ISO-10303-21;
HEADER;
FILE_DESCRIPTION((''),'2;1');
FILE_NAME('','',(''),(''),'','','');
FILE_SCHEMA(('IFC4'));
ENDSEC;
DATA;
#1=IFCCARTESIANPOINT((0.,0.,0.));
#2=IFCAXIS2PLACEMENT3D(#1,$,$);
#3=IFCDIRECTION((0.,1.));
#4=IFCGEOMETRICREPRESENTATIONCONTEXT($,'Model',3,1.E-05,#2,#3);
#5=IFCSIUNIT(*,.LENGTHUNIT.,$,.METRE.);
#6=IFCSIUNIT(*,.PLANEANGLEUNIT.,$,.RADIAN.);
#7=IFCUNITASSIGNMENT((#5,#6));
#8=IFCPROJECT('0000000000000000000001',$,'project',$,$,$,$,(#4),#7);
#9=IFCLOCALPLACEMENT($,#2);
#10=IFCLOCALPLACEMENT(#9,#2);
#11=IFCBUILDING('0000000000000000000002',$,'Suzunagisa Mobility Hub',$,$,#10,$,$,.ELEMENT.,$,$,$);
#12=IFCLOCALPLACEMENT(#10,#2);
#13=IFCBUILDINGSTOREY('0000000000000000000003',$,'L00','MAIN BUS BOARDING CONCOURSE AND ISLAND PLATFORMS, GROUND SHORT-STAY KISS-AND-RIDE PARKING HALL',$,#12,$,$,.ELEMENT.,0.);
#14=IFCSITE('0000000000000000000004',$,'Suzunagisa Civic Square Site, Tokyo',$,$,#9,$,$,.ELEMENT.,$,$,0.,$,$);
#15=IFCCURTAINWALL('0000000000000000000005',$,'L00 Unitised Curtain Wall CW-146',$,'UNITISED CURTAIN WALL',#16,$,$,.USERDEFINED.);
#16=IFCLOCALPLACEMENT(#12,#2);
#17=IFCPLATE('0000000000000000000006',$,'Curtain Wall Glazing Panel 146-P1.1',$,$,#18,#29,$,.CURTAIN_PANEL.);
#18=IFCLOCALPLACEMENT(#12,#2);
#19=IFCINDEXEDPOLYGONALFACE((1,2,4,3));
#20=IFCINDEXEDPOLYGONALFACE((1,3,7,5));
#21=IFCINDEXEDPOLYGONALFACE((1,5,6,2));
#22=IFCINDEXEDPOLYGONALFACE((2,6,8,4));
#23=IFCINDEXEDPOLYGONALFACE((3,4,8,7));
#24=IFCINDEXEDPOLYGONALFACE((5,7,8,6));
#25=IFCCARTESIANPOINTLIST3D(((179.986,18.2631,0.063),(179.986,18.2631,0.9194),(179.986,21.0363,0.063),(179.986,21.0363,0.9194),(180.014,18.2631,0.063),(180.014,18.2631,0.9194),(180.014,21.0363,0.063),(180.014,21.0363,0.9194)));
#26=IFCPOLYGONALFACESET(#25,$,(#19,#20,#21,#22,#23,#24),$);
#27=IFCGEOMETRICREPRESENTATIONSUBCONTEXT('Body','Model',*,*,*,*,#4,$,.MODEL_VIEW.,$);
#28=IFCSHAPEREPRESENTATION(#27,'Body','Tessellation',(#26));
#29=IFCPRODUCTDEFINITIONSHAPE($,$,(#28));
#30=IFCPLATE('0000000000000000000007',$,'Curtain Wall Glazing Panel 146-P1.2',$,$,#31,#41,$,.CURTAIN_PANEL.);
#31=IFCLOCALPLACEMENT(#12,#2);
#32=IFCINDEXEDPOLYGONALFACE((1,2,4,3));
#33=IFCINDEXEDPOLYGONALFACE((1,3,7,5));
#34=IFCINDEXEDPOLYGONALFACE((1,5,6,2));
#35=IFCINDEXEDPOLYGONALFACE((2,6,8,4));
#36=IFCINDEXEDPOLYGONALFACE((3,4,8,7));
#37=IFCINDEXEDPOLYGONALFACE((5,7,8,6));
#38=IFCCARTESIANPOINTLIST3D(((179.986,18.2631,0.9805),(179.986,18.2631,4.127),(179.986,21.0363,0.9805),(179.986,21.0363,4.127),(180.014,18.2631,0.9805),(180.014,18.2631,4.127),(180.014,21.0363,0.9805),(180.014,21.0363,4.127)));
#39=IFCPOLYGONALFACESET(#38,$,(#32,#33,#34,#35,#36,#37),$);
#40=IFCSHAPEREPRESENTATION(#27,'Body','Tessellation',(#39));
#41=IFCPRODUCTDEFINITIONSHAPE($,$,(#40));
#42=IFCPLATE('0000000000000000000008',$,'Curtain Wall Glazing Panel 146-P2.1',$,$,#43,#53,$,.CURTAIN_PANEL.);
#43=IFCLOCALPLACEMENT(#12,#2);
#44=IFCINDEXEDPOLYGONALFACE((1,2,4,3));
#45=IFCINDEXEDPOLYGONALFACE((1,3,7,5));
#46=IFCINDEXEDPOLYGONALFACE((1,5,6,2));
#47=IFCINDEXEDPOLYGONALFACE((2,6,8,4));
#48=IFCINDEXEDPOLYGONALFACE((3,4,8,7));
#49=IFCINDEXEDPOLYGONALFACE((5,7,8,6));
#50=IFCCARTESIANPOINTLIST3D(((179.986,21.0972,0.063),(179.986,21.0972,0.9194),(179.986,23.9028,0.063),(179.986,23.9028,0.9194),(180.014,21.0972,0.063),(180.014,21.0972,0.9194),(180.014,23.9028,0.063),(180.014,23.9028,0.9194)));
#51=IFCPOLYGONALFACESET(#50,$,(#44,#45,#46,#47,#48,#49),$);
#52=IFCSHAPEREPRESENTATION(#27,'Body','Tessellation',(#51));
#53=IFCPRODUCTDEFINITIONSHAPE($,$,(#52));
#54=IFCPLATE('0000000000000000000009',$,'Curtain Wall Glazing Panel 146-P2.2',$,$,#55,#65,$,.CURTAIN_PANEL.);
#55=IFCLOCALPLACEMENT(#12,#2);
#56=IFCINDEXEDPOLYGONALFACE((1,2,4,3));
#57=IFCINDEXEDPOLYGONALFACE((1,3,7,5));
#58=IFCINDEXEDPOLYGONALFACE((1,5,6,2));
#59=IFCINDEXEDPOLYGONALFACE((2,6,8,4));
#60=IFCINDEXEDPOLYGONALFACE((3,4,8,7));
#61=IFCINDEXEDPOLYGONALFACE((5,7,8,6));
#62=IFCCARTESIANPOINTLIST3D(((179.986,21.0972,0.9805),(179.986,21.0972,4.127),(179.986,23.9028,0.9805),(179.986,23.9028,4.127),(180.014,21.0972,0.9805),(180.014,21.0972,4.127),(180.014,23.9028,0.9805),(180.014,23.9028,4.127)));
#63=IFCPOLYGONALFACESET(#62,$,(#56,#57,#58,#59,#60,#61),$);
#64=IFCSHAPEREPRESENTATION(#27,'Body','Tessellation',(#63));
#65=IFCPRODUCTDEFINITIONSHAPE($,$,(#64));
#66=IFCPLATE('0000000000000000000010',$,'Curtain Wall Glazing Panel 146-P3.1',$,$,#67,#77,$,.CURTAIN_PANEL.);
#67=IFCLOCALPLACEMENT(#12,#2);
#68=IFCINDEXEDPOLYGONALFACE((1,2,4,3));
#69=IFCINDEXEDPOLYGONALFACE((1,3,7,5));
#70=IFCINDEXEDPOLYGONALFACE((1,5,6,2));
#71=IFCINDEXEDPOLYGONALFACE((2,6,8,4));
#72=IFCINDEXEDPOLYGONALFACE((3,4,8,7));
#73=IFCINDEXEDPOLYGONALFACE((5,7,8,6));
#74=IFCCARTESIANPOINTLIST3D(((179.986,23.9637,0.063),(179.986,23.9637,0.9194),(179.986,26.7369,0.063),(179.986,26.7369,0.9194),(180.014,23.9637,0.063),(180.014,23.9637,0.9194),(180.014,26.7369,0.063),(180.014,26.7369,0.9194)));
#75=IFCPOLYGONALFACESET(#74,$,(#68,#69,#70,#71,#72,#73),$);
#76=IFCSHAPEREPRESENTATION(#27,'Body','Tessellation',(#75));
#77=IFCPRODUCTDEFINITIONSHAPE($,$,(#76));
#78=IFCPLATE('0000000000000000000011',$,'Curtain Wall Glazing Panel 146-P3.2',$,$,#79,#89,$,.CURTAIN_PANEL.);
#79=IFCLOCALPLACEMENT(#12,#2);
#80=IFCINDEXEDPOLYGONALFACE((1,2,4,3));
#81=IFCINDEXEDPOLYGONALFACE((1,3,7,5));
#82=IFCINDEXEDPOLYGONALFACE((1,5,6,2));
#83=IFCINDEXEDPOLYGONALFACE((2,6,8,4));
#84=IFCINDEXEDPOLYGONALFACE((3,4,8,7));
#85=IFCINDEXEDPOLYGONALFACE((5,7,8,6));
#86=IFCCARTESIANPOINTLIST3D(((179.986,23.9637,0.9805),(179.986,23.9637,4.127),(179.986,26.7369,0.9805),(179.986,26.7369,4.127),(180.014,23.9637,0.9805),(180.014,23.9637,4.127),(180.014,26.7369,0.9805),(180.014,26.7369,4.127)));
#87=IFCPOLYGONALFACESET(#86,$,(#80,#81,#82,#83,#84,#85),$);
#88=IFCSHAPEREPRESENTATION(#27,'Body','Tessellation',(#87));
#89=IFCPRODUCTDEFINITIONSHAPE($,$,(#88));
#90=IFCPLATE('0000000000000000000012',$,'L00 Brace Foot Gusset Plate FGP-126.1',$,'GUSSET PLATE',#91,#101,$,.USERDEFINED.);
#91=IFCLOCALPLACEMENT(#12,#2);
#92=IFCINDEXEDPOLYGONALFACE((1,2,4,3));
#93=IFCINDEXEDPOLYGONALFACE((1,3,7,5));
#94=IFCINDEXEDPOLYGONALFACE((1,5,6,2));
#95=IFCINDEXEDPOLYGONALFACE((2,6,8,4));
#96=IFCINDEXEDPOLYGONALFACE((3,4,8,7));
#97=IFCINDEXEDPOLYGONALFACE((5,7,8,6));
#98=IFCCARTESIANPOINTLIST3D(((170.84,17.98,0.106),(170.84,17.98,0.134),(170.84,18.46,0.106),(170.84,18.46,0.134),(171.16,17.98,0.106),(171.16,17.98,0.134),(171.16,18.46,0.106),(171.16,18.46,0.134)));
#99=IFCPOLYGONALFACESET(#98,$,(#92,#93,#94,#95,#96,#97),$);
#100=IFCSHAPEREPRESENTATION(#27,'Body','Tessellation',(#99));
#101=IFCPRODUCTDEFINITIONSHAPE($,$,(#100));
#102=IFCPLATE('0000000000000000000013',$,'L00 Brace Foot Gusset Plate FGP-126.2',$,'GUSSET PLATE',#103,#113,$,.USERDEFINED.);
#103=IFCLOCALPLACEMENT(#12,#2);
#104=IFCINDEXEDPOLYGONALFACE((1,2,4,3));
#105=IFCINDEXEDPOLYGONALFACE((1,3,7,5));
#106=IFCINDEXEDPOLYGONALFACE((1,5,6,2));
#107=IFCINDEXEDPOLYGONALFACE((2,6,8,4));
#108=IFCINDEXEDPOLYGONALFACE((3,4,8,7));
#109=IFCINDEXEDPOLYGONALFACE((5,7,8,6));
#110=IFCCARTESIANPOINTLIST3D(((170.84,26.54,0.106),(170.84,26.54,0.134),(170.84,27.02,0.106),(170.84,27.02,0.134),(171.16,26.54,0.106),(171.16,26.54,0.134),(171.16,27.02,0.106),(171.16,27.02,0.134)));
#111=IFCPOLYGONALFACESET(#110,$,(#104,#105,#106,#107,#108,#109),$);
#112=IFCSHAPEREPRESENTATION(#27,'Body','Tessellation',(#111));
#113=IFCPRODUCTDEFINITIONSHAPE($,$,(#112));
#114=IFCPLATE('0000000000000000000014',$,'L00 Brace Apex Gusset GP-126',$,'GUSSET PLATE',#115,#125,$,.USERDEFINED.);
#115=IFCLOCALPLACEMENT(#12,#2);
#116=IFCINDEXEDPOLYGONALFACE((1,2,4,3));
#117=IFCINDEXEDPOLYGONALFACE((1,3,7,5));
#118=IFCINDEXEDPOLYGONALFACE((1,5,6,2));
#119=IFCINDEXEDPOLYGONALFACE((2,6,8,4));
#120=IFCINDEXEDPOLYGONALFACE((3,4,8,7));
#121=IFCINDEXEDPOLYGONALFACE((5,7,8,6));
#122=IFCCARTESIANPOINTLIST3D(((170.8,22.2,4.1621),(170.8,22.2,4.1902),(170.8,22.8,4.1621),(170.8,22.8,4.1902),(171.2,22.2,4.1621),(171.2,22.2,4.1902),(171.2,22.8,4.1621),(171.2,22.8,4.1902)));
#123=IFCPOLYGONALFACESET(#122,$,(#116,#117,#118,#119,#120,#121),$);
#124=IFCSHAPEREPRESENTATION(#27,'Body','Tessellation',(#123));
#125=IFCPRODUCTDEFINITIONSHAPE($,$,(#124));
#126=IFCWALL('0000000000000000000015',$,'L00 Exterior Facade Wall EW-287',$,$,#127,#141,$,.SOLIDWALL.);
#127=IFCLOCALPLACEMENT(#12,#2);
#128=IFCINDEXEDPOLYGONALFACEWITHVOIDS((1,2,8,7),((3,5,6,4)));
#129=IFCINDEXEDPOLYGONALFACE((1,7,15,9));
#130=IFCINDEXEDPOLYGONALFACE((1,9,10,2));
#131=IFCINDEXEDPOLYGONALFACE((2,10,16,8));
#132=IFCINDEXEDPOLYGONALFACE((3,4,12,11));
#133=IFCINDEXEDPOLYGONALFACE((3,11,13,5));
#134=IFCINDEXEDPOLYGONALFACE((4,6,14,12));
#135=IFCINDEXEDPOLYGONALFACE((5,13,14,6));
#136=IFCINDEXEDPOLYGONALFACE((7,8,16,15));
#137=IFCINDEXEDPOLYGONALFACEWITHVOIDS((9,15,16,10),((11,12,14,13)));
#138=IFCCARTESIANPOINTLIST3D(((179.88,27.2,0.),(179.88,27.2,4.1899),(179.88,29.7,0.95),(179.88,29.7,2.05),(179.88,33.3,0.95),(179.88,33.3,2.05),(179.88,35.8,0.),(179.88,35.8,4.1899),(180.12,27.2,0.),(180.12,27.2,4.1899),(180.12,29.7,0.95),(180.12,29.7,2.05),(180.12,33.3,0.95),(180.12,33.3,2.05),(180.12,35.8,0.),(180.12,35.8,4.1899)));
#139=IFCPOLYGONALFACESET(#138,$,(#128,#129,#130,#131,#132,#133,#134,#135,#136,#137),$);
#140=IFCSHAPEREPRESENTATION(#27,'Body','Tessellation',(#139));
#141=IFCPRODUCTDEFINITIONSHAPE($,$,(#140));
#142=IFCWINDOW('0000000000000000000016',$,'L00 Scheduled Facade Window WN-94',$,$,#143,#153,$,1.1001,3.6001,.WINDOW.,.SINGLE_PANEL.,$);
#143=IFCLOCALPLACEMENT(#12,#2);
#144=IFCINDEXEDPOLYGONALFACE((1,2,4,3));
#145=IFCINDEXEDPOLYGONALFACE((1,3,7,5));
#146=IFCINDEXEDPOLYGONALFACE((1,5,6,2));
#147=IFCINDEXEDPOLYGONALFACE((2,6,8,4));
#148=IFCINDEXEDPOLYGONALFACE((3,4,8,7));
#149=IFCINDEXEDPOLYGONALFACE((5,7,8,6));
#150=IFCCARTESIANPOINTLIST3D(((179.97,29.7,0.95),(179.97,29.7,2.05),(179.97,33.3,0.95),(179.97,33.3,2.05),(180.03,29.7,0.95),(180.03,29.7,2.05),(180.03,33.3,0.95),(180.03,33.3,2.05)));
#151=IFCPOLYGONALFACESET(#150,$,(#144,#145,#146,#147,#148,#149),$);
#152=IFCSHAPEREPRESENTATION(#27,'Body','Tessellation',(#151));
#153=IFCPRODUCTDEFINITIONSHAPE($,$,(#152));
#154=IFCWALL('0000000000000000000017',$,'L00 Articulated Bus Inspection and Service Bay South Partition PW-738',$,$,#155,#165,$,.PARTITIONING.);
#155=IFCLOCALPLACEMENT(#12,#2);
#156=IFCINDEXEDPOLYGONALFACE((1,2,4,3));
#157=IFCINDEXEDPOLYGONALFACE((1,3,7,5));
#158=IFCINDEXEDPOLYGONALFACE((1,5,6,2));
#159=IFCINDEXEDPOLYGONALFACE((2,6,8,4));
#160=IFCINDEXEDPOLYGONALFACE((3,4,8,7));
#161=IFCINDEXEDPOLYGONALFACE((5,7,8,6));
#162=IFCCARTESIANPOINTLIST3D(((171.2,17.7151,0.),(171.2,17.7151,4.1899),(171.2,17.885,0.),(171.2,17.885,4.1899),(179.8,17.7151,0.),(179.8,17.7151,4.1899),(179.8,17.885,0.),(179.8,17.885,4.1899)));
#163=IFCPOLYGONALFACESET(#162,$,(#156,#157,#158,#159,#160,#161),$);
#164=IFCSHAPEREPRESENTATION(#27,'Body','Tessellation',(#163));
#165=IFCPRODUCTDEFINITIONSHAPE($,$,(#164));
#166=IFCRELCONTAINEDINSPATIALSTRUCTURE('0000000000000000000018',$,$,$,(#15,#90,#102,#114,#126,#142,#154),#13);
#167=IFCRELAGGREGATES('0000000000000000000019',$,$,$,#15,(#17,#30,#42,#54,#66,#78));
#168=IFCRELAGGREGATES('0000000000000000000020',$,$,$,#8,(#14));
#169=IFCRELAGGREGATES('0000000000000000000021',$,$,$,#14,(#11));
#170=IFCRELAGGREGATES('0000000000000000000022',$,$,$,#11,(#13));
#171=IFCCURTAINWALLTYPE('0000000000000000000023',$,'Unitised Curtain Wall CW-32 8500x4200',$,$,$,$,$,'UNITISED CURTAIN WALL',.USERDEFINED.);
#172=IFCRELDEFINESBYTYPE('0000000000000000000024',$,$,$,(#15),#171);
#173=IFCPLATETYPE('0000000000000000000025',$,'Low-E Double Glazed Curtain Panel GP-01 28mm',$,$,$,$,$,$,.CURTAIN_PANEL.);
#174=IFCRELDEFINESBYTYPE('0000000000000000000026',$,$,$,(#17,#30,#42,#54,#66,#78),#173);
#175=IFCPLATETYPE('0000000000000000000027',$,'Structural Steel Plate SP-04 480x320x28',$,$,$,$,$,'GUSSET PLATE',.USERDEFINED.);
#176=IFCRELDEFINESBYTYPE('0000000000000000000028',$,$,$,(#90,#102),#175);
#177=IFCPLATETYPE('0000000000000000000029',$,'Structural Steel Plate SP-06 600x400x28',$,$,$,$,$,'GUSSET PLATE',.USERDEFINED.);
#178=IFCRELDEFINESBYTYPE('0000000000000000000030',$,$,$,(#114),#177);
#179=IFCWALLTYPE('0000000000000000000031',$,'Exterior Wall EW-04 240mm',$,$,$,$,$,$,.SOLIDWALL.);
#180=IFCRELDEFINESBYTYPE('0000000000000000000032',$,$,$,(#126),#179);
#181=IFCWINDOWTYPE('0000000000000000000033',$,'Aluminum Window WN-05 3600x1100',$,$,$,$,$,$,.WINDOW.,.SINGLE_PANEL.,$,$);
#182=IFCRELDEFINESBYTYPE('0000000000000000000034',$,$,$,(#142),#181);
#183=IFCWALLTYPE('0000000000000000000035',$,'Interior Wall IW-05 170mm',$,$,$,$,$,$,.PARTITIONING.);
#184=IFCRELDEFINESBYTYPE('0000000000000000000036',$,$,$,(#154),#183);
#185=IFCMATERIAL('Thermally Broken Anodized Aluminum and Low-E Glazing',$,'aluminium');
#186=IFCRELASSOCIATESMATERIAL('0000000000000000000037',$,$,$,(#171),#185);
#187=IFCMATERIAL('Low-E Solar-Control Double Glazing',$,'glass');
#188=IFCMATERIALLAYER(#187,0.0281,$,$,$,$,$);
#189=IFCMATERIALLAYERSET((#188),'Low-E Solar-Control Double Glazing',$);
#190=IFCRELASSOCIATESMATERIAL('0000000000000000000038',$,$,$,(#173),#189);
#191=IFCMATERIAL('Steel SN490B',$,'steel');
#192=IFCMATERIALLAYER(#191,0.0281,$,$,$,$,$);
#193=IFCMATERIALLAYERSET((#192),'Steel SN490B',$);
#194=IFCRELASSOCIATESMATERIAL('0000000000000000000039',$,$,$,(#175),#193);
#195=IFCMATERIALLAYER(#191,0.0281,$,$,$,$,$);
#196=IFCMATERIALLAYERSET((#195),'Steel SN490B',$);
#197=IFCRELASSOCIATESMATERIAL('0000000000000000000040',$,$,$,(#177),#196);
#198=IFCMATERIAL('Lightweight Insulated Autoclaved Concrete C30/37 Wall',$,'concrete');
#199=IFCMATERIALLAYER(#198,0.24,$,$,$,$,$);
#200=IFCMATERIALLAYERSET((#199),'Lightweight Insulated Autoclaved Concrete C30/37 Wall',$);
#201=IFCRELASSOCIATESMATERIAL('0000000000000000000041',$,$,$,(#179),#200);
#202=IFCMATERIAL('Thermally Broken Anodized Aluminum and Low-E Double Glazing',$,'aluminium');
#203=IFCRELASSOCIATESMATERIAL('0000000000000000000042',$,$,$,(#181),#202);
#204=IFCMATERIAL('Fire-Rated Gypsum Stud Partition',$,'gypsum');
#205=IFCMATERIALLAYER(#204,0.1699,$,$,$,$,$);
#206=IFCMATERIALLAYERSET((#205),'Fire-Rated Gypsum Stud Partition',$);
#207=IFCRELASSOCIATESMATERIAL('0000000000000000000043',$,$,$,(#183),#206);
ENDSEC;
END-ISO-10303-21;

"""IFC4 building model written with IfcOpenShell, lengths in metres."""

from ifc_helpers import new_model, si_unit, direction, frame, frame_2d, origin, origin_2d, place, context, subcontext, project, spatial, rectangle, extrude, material, layer, layer_set, type_object, element, fill, aggregate, save


model = new_model("IFC4")

# Units and contexts
model_context = context("Model", 3, precision=1e-05, world=origin(), true_north=direction((0.0, 1.0)))
body_context = subcontext(model_context, "Body", "Model", "MODEL_VIEW")
ifc_project = project(units=[si_unit("LENGTHUNIT", "METRE"), si_unit("PLANEANGLEUNIT", "RADIAN")], contexts=[model_context])

# Site, building, storey
site_placement = place(None, origin())
site = spatial("IfcSite", under=ifc_project, at=site_placement, Name="Suzunagisa Civic Square Site, Tokyo", CompositionType="ELEMENT", RefElevation=0.0)
building_placement = place(site_placement, origin())
building = spatial("IfcBuilding", under=site, at=building_placement, Name="Suzunagisa Mobility Hub", CompositionType="ELEMENT")
storey_placement = place(building_placement, origin())
storey = spatial("IfcBuildingStorey", under=building, at=storey_placement, Name="L00", Description="MAIN BUS BOARDING CONCOURSE AND ISLAND PLATFORMS, GROUND SHORT-STAY KISS-AND-RIDE PARKING HALL", CompositionType="ELEMENT", Elevation=0.0)

# Shared definitions
ifc_material_1 = material(Name="Steel SN490B", Category="steel")

# Curtain wall
ifc_material_2 = material(Name="Thermally Broken Anodized Aluminum and Low-E Glazing", Category="aluminium")
curtain_wall_type = type_object("IfcCurtainWallType", Name="Unitised Curtain Wall CW-32 8500x4200", ElementType="UNITISED CURTAIN WALL", PredefinedType="USERDEFINED", material=ifc_material_2)
curtain_wall_placement = place(storey_placement, origin())
curtain_wall = element("IfcCurtainWall", 1, at=curtain_wall_placement, inside=storey, type_object=curtain_wall_type, Name="L00 Unitised Curtain Wall CW-146", ObjectType="UNITISED CURTAIN WALL", PredefinedType="USERDEFINED")

# Plates
ifc_material_3 = material(Name="Low-E Solar-Control Double Glazing", Category="glass")
ifc_layer_1 = layer(ifc_material_3, 0.0281)
ifc_layer_set_1 = layer_set([ifc_layer_1], Name="Low-E Solar-Control Double Glazing")
plate_type_1 = type_object("IfcPlateType", Name="Low-E Double Glazed Curtain Panel GP-01 28mm", PredefinedType="CURTAIN_PANEL", material=ifc_layer_set_1)
plate_1_placement = place(storey_placement, frame((180.0, 19.6497, 0.063), z_axis=(0.0, 0.0, 1.0), x_axis=(0.0, 1.0, 0.0)))
plate_1 = element("IfcPlate", 2, at=plate_1_placement, type_object=plate_type_1, Name="Curtain Wall Glazing Panel 146-P1.1", PredefinedType="CURTAIN_PANEL", context=body_context, shape_type="SweptSolid", body=[
    extrude(rectangle(XDim=2.7732, YDim=0.0281, at=origin_2d()), origin(), (0.0, 0.0, 1.0), 0.8564),
])
plate_2_placement = place(storey_placement, frame((180.0, 19.6497, 0.9805), z_axis=(0.0, 0.0, 1.0), x_axis=(0.0, 1.0, 0.0)))
plate_2 = element("IfcPlate", 3, at=plate_2_placement, type_object=plate_type_1, Name="Curtain Wall Glazing Panel 146-P1.2", PredefinedType="CURTAIN_PANEL", context=body_context, shape_type="SweptSolid", body=[
    extrude(rectangle(XDim=2.7732, YDim=0.0281, at=origin_2d()), origin(), (0.0, 0.0, 1.0), 3.1465),
])
plate_3_placement = place(storey_placement, frame((180.0, 22.5, 0.063), z_axis=(0.0, 0.0, 1.0), x_axis=(0.0, 1.0, 0.0)))
plate_3 = element("IfcPlate", 4, at=plate_3_placement, type_object=plate_type_1, Name="Curtain Wall Glazing Panel 146-P2.1", PredefinedType="CURTAIN_PANEL", context=body_context, shape_type="SweptSolid", body=[
    extrude(rectangle(XDim=2.8057, YDim=0.0281, at=origin_2d()), origin(), (0.0, 0.0, 1.0), 0.8564),
])
plate_4_placement = place(storey_placement, frame((180.0, 22.5, 0.9805), z_axis=(0.0, 0.0, 1.0), x_axis=(0.0, 1.0, 0.0)))
plate_4 = element("IfcPlate", 5, at=plate_4_placement, type_object=plate_type_1, Name="Curtain Wall Glazing Panel 146-P2.2", PredefinedType="CURTAIN_PANEL", context=body_context, shape_type="SweptSolid", body=[
    extrude(rectangle(XDim=2.8057, YDim=0.0281, at=origin_2d()), origin(), (0.0, 0.0, 1.0), 3.1465),
])
plate_5_placement = place(storey_placement, frame((180.0, 25.3503, 0.063), z_axis=(0.0, 0.0, 1.0), x_axis=(0.0, 1.0, 0.0)))
plate_5 = element("IfcPlate", 6, at=plate_5_placement, type_object=plate_type_1, Name="Curtain Wall Glazing Panel 146-P3.1", PredefinedType="CURTAIN_PANEL", context=body_context, shape_type="SweptSolid", body=[
    extrude(rectangle(XDim=2.7732, YDim=0.0281, at=origin_2d()), origin(), (0.0, 0.0, 1.0), 0.8564),
])
plate_6_placement = place(storey_placement, frame((180.0, 25.3503, 0.9805), z_axis=(0.0, 0.0, 1.0), x_axis=(0.0, 1.0, 0.0)))
plate_6 = element("IfcPlate", 7, at=plate_6_placement, type_object=plate_type_1, Name="Curtain Wall Glazing Panel 146-P3.2", PredefinedType="CURTAIN_PANEL", context=body_context, shape_type="SweptSolid", body=[
    extrude(rectangle(XDim=2.7732, YDim=0.0281, at=origin_2d()), origin(), (0.0, 0.0, 1.0), 3.1465),
])
aggregate(curtain_wall, [plate_1, plate_2, plate_3, plate_4, plate_5, plate_6])

# Plates
ifc_layer_2 = layer(ifc_material_1, 0.0281)
ifc_layer_set_2 = layer_set([ifc_layer_2], Name="Steel SN490B")
plate_type_2 = type_object("IfcPlateType", Name="Structural Steel Plate SP-04 480x320x28", ElementType="GUSSET PLATE", PredefinedType="USERDEFINED", material=ifc_layer_set_2)
for number, where, z_axis, x_axis, name in (
    (8, (171.0, 18.22, 0.106), (0.0, 0.0, 1.0), (1.0, 0.0, 0.0), "L00 Brace Foot Gusset Plate FGP-126.1"),
    (9, (171.0, 26.78, 0.106), (0.0, 0.0, 1.0), (1.0, 0.0, 0.0), "L00 Brace Foot Gusset Plate FGP-126.2"),
):
    element("IfcPlate", number, at=place(storey_placement, frame(where, z_axis=z_axis, x_axis=x_axis)), inside=storey, type_object=plate_type_2, Name=name, ObjectType="GUSSET PLATE", PredefinedType="USERDEFINED", context=body_context, shape_type="SweptSolid", body=[
        extrude(rectangle(XDim=0.3201, YDim=0.48, at=origin_2d()), origin(), (0.0, 0.0, 1.0), 0.0281),
    ])
ifc_layer_3 = layer(ifc_material_1, 0.0281)
ifc_layer_set_3 = layer_set([ifc_layer_3], Name="Steel SN490B")
plate_type_3 = type_object("IfcPlateType", Name="Structural Steel Plate SP-06 600x400x28", ElementType="GUSSET PLATE", PredefinedType="USERDEFINED", material=ifc_layer_set_3)
plate_7_placement = place(storey_placement, frame((171.0, 22.5, 4.1621), z_axis=(0.0, 0.0, 1.0), x_axis=(1.0, 0.0, 0.0)))
element("IfcPlate", 10, at=plate_7_placement, inside=storey, type_object=plate_type_3, Name="L00 Brace Apex Gusset GP-126", ObjectType="GUSSET PLATE", PredefinedType="USERDEFINED", context=body_context, shape_type="SweptSolid", body=[
    extrude(rectangle(XDim=0.3999, YDim=0.6001, at=origin_2d()), origin(), (0.0, 0.0, 1.0), 0.0281),
])

# Wall, opening, window
ifc_material_4 = material(Name="Lightweight Insulated Autoclaved Concrete C30/37 Wall", Category="concrete")
ifc_layer_4 = layer(ifc_material_4, 0.24)
ifc_layer_set_4 = layer_set([ifc_layer_4], Name="Lightweight Insulated Autoclaved Concrete C30/37 Wall")
wall_type_1 = type_object("IfcWallType", Name="Exterior Wall EW-04 240mm", PredefinedType="SOLIDWALL", material=ifc_layer_set_4)
wall_1_placement = place(storey_placement, frame((180.0, 27.2, 0.0), z_axis=(0.0, 0.0, 1.0), x_axis=(0.0, 1.0, 0.0)))
wall_1 = element("IfcWall", 11, at=wall_1_placement, inside=storey, type_object=wall_type_1, Name="L00 Exterior Facade Wall EW-287", PredefinedType="SOLIDWALL", context=body_context, shape_type="SweptSolid", body=[
    extrude(rectangle(XDim=8.6001, YDim=0.24, at=frame_2d((4.3, 0.0))), origin(), (0.0, 0.0, 1.0), 4.1899),
])
opening_placement = place(wall_1_placement, frame((2.5, 0.0, 0.95)))
opening = element("IfcOpeningElement", 12, at=opening_placement, cuts=wall_1, PredefinedType="OPENING", context=body_context, shape_type="SweptSolid", body=[
    extrude(rectangle(XDim=3.6001, YDim=1.1001, at=frame_2d((1.8, 0.55))), frame((0.0, 0.1309, 0.0), z_axis=(0.0, -1.0, 0.0), x_axis=(1.0, 0.0, 0.0)), (0.0, 0.0, 1.0), 0.262),
])
ifc_material_5 = material(Name="Thermally Broken Anodized Aluminum and Low-E Double Glazing", Category="aluminium")
window_type = type_object("IfcWindowType", Name="Aluminum Window WN-05 3600x1100", PartitioningType="SINGLE_PANEL", PredefinedType="WINDOW", material=ifc_material_5)
window_placement = place(opening_placement, origin())
window = element("IfcWindow", 13, at=window_placement, inside=storey, type_object=window_type, Name="L00 Scheduled Facade Window WN-94", OverallHeight=1.1001, OverallWidth=3.6001, PartitioningType="SINGLE_PANEL", PredefinedType="WINDOW", context=body_context, shape_type="SweptSolid", body=[
    extrude(rectangle(XDim=3.6001, YDim=1.1001, at=frame_2d((1.8, 0.55))), frame((0.0, 0.03, 0.0), z_axis=(0.0, -1.0, 0.0), x_axis=(1.0, 0.0, 0.0)), (0.0, 0.0, 1.0), 0.0601),
])
fill(opening, window)

# Wall
ifc_material_6 = material(Name="Fire-Rated Gypsum Stud Partition", Category="gypsum")
ifc_layer_5 = layer(ifc_material_6, 0.1699)
ifc_layer_set_5 = layer_set([ifc_layer_5], Name="Fire-Rated Gypsum Stud Partition")
wall_type_2 = type_object("IfcWallType", Name="Interior Wall IW-05 170mm", PredefinedType="PARTITIONING", material=ifc_layer_set_5)
wall_2_placement = place(storey_placement, frame((171.2, 17.8, 0.0), z_axis=(0.0, 0.0, 1.0), x_axis=(1.0, 0.0, 0.0)))
element("IfcWall", 14, at=wall_2_placement, inside=storey, type_object=wall_type_2, Name="L00 Articulated Bus Inspection and Service Bay South Partition PW-738", PredefinedType="PARTITIONING", context=body_context, shape_type="SweptSolid", body=[
    extrude(rectangle(XDim=8.6001, YDim=0.1699, at=frame_2d((4.3, 0.0))), origin(), (0.0, 0.0, 1.0), 4.1899),
])

save(model, "model.ifc")
